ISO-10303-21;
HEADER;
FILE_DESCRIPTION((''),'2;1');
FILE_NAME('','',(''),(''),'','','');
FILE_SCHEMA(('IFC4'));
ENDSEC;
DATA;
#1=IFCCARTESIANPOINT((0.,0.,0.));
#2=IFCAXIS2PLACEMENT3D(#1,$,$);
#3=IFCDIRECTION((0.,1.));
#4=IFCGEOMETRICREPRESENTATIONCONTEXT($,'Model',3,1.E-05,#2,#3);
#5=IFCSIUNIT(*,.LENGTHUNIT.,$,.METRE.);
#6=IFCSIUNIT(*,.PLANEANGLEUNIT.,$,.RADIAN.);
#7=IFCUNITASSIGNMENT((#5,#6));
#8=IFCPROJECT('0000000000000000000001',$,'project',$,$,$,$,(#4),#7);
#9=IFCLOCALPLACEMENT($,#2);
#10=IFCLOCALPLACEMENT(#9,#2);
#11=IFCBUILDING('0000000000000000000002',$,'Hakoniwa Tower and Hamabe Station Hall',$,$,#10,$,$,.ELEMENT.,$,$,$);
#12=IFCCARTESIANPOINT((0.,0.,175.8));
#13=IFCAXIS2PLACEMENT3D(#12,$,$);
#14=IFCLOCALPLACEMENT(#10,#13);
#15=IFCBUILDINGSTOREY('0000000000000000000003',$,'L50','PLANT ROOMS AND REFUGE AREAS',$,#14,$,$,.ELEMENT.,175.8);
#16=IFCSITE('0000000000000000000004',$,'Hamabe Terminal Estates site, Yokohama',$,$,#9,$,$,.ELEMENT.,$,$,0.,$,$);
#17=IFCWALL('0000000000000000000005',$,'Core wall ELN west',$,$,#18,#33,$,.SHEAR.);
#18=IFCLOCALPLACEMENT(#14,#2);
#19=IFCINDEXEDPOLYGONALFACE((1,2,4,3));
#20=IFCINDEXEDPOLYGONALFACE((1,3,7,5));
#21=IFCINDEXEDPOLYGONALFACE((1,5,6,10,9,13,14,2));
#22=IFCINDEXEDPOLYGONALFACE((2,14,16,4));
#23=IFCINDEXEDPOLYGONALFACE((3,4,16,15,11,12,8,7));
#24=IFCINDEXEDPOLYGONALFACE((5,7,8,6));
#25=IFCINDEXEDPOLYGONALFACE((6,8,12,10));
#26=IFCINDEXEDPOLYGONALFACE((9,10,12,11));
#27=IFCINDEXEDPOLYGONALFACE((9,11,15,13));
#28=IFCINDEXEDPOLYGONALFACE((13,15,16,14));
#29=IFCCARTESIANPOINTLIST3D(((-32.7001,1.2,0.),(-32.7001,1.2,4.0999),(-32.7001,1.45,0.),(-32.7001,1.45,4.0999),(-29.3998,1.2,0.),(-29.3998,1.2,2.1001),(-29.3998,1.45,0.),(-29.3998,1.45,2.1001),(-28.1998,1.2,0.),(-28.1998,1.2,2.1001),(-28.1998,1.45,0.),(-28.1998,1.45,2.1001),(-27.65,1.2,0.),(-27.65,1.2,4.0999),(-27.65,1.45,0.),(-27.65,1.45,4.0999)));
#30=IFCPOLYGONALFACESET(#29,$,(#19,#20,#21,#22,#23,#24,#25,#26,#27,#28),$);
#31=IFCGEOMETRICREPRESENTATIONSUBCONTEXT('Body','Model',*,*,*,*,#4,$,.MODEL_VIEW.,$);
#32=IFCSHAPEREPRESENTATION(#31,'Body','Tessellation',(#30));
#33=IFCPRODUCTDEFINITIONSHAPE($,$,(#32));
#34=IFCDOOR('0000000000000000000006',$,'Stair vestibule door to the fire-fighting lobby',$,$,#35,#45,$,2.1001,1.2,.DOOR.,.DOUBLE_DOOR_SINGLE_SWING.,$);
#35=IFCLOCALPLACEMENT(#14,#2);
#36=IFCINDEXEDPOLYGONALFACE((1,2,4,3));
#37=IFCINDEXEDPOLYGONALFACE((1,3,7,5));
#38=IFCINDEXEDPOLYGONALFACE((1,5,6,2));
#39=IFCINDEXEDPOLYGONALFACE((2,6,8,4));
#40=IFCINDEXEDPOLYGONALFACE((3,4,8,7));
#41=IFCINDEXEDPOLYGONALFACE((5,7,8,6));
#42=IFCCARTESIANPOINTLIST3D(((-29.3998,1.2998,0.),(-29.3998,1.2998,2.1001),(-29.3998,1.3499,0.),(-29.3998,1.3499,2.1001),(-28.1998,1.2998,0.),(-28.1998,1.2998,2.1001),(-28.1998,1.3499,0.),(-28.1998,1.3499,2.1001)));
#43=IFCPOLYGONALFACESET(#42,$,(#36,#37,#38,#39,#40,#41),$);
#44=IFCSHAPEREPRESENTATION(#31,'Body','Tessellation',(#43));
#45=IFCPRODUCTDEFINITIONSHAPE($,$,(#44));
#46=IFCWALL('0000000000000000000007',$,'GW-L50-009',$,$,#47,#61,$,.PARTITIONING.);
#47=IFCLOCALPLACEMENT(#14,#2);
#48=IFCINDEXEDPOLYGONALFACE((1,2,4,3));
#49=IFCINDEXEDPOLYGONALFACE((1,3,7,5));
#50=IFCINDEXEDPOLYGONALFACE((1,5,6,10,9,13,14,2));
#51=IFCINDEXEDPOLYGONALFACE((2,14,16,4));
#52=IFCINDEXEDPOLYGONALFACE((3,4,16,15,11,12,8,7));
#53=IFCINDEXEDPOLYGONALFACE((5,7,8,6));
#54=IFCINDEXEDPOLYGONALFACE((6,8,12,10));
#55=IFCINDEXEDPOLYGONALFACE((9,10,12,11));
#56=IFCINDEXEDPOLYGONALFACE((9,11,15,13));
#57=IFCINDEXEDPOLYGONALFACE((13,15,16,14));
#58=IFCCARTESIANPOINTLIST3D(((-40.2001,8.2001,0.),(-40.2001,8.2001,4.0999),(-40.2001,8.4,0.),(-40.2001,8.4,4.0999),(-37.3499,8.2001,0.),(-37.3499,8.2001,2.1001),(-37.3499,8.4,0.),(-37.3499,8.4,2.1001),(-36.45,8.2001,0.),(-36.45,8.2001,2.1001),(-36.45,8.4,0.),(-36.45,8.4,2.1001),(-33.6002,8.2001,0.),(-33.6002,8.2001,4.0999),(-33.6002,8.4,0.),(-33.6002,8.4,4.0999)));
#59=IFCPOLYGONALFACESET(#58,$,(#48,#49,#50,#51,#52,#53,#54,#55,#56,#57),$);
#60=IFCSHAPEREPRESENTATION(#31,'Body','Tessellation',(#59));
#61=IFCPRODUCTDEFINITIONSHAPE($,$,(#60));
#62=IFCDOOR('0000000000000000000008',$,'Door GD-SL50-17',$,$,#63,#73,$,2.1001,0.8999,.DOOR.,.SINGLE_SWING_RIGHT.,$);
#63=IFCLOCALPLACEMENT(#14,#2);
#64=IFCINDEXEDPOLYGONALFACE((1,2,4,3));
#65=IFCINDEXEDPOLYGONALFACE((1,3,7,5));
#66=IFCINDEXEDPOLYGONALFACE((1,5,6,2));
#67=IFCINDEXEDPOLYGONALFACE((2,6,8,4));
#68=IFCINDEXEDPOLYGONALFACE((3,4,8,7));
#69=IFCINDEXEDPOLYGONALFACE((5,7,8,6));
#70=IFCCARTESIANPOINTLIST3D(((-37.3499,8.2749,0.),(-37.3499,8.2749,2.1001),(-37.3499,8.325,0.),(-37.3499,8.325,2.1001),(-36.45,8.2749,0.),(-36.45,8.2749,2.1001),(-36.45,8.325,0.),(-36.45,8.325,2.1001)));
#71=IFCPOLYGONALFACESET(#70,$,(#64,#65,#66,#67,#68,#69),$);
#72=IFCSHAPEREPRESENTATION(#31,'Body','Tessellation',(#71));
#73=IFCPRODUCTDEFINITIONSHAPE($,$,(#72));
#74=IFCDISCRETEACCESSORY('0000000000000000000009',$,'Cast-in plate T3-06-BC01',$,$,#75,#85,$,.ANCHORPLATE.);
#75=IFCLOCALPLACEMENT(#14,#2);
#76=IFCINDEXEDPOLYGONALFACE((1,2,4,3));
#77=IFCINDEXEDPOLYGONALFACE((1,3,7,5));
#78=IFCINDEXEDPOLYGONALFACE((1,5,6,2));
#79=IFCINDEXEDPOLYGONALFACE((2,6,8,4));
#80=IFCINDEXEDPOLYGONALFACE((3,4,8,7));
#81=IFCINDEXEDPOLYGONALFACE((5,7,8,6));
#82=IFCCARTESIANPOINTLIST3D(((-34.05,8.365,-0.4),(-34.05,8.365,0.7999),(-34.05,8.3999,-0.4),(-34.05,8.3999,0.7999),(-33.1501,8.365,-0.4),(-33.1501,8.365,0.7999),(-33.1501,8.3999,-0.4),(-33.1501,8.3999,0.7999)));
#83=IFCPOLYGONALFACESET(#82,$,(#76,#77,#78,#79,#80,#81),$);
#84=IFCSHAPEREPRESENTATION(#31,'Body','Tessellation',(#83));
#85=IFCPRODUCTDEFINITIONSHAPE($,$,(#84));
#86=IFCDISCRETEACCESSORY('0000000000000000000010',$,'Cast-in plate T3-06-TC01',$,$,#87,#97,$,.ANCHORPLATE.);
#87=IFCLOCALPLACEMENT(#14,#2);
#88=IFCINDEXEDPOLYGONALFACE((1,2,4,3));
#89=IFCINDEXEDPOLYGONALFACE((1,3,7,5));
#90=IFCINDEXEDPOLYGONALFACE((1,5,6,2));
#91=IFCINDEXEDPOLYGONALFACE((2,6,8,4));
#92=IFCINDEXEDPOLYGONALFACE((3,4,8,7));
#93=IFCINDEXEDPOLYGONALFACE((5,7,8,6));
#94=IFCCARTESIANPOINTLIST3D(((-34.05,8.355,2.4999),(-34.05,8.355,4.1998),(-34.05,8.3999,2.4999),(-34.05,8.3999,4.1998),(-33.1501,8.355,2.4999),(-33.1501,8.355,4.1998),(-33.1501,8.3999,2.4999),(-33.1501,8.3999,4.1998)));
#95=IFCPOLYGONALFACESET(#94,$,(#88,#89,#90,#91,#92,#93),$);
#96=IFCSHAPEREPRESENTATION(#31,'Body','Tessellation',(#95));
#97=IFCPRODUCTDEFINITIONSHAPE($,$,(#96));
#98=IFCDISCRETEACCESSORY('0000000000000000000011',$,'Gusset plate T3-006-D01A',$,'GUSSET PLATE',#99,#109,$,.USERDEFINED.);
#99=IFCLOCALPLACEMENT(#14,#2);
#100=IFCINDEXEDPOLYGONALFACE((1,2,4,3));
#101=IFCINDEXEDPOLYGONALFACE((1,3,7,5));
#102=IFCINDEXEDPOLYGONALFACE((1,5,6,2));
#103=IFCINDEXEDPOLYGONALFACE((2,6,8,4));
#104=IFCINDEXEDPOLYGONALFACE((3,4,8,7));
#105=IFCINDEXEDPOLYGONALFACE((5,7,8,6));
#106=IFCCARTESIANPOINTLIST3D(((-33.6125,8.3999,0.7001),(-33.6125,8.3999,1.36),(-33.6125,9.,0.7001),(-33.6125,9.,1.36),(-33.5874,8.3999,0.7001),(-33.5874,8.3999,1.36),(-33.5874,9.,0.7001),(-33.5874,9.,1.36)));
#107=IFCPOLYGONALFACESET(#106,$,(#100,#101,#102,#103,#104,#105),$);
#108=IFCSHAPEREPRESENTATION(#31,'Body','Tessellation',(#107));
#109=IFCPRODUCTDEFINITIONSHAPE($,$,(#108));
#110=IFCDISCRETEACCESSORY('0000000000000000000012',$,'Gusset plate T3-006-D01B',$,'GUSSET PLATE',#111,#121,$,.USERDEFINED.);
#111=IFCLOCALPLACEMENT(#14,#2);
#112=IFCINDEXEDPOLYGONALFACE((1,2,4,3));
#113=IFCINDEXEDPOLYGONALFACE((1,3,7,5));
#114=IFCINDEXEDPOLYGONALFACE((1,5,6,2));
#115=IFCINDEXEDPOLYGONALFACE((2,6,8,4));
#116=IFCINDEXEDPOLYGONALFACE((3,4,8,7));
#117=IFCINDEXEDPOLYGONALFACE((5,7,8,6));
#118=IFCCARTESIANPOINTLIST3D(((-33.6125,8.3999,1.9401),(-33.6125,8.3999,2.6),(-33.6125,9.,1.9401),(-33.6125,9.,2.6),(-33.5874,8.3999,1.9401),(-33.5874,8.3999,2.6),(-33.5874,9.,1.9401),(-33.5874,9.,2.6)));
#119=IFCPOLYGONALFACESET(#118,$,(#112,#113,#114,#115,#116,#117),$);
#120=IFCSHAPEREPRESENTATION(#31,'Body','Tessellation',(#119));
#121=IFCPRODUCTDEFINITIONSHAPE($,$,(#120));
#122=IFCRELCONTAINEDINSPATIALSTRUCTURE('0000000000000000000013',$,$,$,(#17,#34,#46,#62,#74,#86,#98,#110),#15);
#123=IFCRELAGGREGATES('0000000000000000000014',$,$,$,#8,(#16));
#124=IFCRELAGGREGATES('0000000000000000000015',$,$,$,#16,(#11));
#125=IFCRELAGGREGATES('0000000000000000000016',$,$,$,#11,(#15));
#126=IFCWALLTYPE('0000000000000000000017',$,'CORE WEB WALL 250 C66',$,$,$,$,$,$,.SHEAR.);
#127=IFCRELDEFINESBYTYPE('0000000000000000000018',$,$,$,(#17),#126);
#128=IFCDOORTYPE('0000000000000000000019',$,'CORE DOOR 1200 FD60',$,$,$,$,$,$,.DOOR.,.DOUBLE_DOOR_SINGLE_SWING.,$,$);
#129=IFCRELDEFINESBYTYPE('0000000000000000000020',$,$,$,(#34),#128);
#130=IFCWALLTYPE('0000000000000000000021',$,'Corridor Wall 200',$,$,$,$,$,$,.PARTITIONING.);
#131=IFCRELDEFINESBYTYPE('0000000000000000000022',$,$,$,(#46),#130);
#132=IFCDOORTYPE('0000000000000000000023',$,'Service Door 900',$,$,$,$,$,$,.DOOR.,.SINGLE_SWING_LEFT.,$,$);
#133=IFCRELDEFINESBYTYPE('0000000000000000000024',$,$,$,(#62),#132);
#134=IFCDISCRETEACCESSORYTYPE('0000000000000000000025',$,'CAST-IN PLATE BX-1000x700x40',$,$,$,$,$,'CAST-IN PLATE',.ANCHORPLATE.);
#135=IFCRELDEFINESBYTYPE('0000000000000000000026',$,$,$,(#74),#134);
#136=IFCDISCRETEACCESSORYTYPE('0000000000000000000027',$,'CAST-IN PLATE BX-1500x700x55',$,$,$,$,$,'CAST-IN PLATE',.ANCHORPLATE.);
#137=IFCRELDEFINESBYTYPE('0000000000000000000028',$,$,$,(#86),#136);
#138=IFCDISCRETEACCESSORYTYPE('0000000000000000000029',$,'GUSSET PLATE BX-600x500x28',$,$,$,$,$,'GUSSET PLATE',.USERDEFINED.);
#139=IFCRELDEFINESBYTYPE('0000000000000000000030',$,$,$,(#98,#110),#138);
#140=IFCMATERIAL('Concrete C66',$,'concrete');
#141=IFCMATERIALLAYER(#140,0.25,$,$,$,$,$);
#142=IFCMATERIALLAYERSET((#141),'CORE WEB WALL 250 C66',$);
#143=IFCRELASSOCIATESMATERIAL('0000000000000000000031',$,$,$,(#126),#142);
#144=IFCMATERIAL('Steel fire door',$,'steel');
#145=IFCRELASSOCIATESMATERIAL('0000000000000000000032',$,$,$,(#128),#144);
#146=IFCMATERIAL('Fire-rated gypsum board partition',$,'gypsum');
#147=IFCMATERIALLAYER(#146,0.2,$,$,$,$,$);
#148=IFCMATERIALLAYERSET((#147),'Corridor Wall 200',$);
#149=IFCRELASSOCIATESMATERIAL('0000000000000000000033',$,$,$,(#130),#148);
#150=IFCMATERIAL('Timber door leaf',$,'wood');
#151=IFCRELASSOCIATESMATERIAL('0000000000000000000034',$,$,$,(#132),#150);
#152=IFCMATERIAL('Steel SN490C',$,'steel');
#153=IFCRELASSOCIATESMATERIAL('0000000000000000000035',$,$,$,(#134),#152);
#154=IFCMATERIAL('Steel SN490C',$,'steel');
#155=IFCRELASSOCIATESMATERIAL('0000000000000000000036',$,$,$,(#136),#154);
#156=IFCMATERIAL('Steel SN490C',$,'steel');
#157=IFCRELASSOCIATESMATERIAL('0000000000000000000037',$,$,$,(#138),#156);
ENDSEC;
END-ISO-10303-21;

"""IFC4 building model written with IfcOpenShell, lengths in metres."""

from ifc_helpers import new_model, si_unit, direction, frame, frame_2d, origin, origin_2d, place, context, subcontext, project, spatial, rectangle, extrude, material, layer, layer_set, material_profile, profile_set, type_object, element, fill, save


model = new_model("IFC4")

# Units and contexts
model_context = context("Model", 3, precision=1e-05, world=origin(), true_north=direction((0.0, 1.0)))
body_context = subcontext(model_context, "Body", "Model", "MODEL_VIEW")
ifc_project = project(units=[si_unit("LENGTHUNIT", "METRE"), si_unit("PLANEANGLEUNIT", "RADIAN")], contexts=[model_context])

# Site, building, storey
site_placement = place(None, origin())
site = spatial("IfcSite", under=ifc_project, at=site_placement, Name="Hamabe Terminal Estates site, Yokohama", CompositionType="ELEMENT", RefElevation=0.0)
building_placement = place(site_placement, origin())
building = spatial("IfcBuilding", under=site, at=building_placement, Name="Hakoniwa Tower and Hamabe Station Hall", CompositionType="ELEMENT")
storey_placement = place(building_placement, frame((0.0, 0.0, 175.8)))
storey = spatial("IfcBuildingStorey", under=building, at=storey_placement, Name="L50", Description="PLANT ROOMS AND REFUGE AREAS", CompositionType="ELEMENT", Elevation=175.8)

# Walls, openings, doors
ifc_material_1 = material(Name="Concrete C66", Category="concrete")
ifc_layer_1 = layer(ifc_material_1, 0.25)
ifc_layer_set_1 = layer_set([ifc_layer_1], Name="CORE WEB WALL 250 C66")
wall_type_1 = type_object("IfcWallType", Name="CORE WEB WALL 250 C66", PredefinedType="SHEAR", material=ifc_layer_set_1)
wall_1_placement = place(storey_placement, frame((-32.7, 1.325, 0.0), z_axis=(0.0, 0.0, 1.0), x_axis=(1.0, 0.0, 0.0)))
wall_1 = element("IfcWall", 1, at=wall_1_placement, inside=storey, type_object=wall_type_1, Name="Core wall ELN west", PredefinedType="SHEAR", context=body_context, shape_type="SweptSolid", body=[
    extrude(rectangle(XDim=5.05, YDim=0.25, at=frame_2d((2.5249, 0.0))), origin(), (0.0, 0.0, 1.0), 4.0999),
])
opening_1_placement = place(wall_1_placement, frame((3.3, 0.0, 0.0)))
opening_1 = element("IfcOpeningElement", 2, at=opening_1_placement, cuts=wall_1, PredefinedType="OPENING", context=body_context, shape_type="SweptSolid", body=[
    extrude(rectangle(XDim=1.2, YDim=2.1001, at=frame_2d((0.6001, 1.05))), frame((0.0, 0.135, 0.0), z_axis=(0.0, -1.0, 0.0), x_axis=(1.0, 0.0, 0.0)), (0.0, 0.0, 1.0), 0.27),
])
ifc_material_2 = material(Name="Steel fire door", Category="steel")
door_type_1 = type_object("IfcDoorType", Name="CORE DOOR 1200 FD60", OperationType="DOUBLE_DOOR_SINGLE_SWING", PredefinedType="DOOR", material=ifc_material_2)
door_1_placement = place(opening_1_placement, origin())
door_1 = element("IfcDoor", 3, at=door_1_placement, inside=storey, type_object=door_type_1, Name="Stair vestibule door to the fire-fighting lobby", OperationType="DOUBLE_DOOR_SINGLE_SWING", OverallHeight=2.1001, OverallWidth=1.2, PredefinedType="DOOR", context=body_context, shape_type="SweptSolid", body=[
    extrude(rectangle(XDim=1.2, YDim=2.1001, at=frame_2d((0.6001, 1.05))), frame((0.0, 0.0249, 0.0), z_axis=(0.0, -1.0, 0.0), x_axis=(1.0, 0.0, 0.0)), (0.0, 0.0, 1.0), 0.05),
])
fill(opening_1, door_1)
ifc_material_3 = material(Name="Fire-rated gypsum board partition", Category="gypsum")
ifc_layer_2 = layer(ifc_material_3, 0.2)
ifc_layer_set_2 = layer_set([ifc_layer_2], Name="Corridor Wall 200")
wall_type_2 = type_object("IfcWallType", Name="Corridor Wall 200", PredefinedType="PARTITIONING", material=ifc_layer_set_2)
wall_2_placement = place(storey_placement, frame((-40.2, 8.3, 0.0), z_axis=(0.0, 0.0, 1.0), x_axis=(1.0, 0.0, 0.0)))
wall_2 = element("IfcWall", 4, at=wall_2_placement, inside=storey, type_object=wall_type_2, Name="GW-L50-009", PredefinedType="PARTITIONING", context=body_context, shape_type="SweptSolid", body=[
    extrude(rectangle(XDim=6.5999, YDim=0.2, at=frame_2d((3.2998, 0.0))), origin(), (0.0, 0.0, 1.0), 4.0999),
])
opening_2_placement = place(wall_2_placement, frame((2.8501, 0.0, 0.0)))
opening_2 = element("IfcOpeningElement", 5, at=opening_2_placement, cuts=wall_2, PredefinedType="OPENING", context=body_context, shape_type="SweptSolid", body=[
    extrude(rectangle(XDim=0.8999, YDim=2.1001, at=frame_2d((0.45, 1.05))), frame((0.0, 0.1099, 0.0), z_axis=(0.0, -1.0, 0.0), x_axis=(1.0, 0.0, 0.0)), (0.0, 0.0, 1.0), 0.22),
])
ifc_material_4 = material(Name="Timber door leaf", Category="wood")
door_type_2 = type_object("IfcDoorType", Name="Service Door 900", OperationType="SINGLE_SWING_LEFT", PredefinedType="DOOR", material=ifc_material_4)
door_2_placement = place(opening_2_placement, origin())
door_2 = element("IfcDoor", 6, at=door_2_placement, inside=storey, type_object=door_type_2, Name="Door GD-SL50-17", OperationType="SINGLE_SWING_RIGHT", OverallHeight=2.1001, OverallWidth=0.8999, PredefinedType="DOOR", context=body_context, shape_type="SweptSolid", body=[
    extrude(rectangle(XDim=0.8999, YDim=2.1001, at=frame_2d((0.45, 1.05))), frame((0.0, 0.0249, 0.0), z_axis=(0.0, -1.0, 0.0), x_axis=(1.0, 0.0, 0.0)), (0.0, 0.0, 1.0), 0.05),
])
fill(opening_2, door_2)

# Discrete accessories
ifc_material_5 = material(Name="Steel SN490C", Category="steel")
ifc_material_profile_1 = material_profile(ifc_material_5, rectangle(XDim=0.8999, YDim=1.2, at=origin_2d()), Name="CAST-IN PLATE BX-1000x700x40")
ifc_profile_set_1 = profile_set([ifc_material_profile_1], Name="Steel SN490C")
discrete_accessory_type_1 = type_object("IfcDiscreteAccessoryType", Name="CAST-IN PLATE BX-1000x700x40", ElementType="CAST-IN PLATE", PredefinedType="ANCHORPLATE", material=ifc_profile_set_1)
discrete_accessory_1_placement = place(storey_placement, frame((-33.6001, 8.365, 0.2), z_axis=(0.0, 1.0, 0.0), x_axis=(-1.0, 0.0, 0.0)))
element("IfcDiscreteAccessory", 7, at=discrete_accessory_1_placement, inside=storey, type_object=discrete_accessory_type_1, Name="Cast-in plate T3-06-BC01", PredefinedType="ANCHORPLATE", context=body_context, shape_type="SweptSolid", body=[
    extrude(rectangle(XDim=0.8999, YDim=1.2, at=origin_2d()), origin(), (0.0, 0.0, 1.0), 0.0349),
])
ifc_material_6 = material(Name="Steel SN490C", Category="steel")
ifc_material_profile_2 = material_profile(ifc_material_6, rectangle(XDim=0.8999, YDim=1.7, at=origin_2d()), Name="CAST-IN PLATE BX-1500x700x55")
ifc_profile_set_2 = profile_set([ifc_material_profile_2], Name="Steel SN490C")
discrete_accessory_type_2 = type_object("IfcDiscreteAccessoryType", Name="CAST-IN PLATE BX-1500x700x55", ElementType="CAST-IN PLATE", PredefinedType="ANCHORPLATE", material=ifc_profile_set_2)
discrete_accessory_2_placement = place(storey_placement, frame((-33.6001, 8.355, 3.3499), z_axis=(0.0, 1.0, 0.0), x_axis=(-1.0, 0.0, 0.0)))
element("IfcDiscreteAccessory", 8, at=discrete_accessory_2_placement, inside=storey, type_object=discrete_accessory_type_2, Name="Cast-in plate T3-06-TC01", PredefinedType="ANCHORPLATE", context=body_context, shape_type="SweptSolid", body=[
    extrude(rectangle(XDim=0.8999, YDim=1.7, at=origin_2d()), origin(), (0.0, 0.0, 1.0), 0.0449),
])
ifc_material_7 = material(Name="Steel SN490C", Category="steel")
ifc_material_profile_3 = material_profile(ifc_material_7, rectangle(XDim=0.6001, YDim=0.6599, at=origin_2d()), Name="GUSSET PLATE BX-600x500x28")
ifc_profile_set_3 = profile_set([ifc_material_profile_3], Name="Steel SN490C")
discrete_accessory_type_3 = type_object("IfcDiscreteAccessoryType", Name="GUSSET PLATE BX-600x500x28", ElementType="GUSSET PLATE", PredefinedType="USERDEFINED", material=ifc_profile_set_3)
for number, where, z_axis, x_axis, name in (
    (9, (-33.5874, 8.7, 1.03), (-1.0, 0.0, 0.0), (0.0, -1.0, 0.0), "Gusset plate T3-006-D01A"),
    (10, (-33.5874, 8.7, 2.27), (-1.0, 0.0, 0.0), (0.0, -1.0, 0.0), "Gusset plate T3-006-D01B"),
):
    element("IfcDiscreteAccessory", number, at=place(storey_placement, frame(where, z_axis=z_axis, x_axis=x_axis)), inside=storey, type_object=discrete_accessory_type_3, Name=name, ObjectType="GUSSET PLATE", PredefinedType="USERDEFINED", context=body_context, shape_type="SweptSolid", body=[
        extrude(rectangle(XDim=0.6001, YDim=0.6599, at=origin_2d()), origin(), (0.0, 0.0, 1.0), 0.0251),
    ])

save(model, "model.ifc")
